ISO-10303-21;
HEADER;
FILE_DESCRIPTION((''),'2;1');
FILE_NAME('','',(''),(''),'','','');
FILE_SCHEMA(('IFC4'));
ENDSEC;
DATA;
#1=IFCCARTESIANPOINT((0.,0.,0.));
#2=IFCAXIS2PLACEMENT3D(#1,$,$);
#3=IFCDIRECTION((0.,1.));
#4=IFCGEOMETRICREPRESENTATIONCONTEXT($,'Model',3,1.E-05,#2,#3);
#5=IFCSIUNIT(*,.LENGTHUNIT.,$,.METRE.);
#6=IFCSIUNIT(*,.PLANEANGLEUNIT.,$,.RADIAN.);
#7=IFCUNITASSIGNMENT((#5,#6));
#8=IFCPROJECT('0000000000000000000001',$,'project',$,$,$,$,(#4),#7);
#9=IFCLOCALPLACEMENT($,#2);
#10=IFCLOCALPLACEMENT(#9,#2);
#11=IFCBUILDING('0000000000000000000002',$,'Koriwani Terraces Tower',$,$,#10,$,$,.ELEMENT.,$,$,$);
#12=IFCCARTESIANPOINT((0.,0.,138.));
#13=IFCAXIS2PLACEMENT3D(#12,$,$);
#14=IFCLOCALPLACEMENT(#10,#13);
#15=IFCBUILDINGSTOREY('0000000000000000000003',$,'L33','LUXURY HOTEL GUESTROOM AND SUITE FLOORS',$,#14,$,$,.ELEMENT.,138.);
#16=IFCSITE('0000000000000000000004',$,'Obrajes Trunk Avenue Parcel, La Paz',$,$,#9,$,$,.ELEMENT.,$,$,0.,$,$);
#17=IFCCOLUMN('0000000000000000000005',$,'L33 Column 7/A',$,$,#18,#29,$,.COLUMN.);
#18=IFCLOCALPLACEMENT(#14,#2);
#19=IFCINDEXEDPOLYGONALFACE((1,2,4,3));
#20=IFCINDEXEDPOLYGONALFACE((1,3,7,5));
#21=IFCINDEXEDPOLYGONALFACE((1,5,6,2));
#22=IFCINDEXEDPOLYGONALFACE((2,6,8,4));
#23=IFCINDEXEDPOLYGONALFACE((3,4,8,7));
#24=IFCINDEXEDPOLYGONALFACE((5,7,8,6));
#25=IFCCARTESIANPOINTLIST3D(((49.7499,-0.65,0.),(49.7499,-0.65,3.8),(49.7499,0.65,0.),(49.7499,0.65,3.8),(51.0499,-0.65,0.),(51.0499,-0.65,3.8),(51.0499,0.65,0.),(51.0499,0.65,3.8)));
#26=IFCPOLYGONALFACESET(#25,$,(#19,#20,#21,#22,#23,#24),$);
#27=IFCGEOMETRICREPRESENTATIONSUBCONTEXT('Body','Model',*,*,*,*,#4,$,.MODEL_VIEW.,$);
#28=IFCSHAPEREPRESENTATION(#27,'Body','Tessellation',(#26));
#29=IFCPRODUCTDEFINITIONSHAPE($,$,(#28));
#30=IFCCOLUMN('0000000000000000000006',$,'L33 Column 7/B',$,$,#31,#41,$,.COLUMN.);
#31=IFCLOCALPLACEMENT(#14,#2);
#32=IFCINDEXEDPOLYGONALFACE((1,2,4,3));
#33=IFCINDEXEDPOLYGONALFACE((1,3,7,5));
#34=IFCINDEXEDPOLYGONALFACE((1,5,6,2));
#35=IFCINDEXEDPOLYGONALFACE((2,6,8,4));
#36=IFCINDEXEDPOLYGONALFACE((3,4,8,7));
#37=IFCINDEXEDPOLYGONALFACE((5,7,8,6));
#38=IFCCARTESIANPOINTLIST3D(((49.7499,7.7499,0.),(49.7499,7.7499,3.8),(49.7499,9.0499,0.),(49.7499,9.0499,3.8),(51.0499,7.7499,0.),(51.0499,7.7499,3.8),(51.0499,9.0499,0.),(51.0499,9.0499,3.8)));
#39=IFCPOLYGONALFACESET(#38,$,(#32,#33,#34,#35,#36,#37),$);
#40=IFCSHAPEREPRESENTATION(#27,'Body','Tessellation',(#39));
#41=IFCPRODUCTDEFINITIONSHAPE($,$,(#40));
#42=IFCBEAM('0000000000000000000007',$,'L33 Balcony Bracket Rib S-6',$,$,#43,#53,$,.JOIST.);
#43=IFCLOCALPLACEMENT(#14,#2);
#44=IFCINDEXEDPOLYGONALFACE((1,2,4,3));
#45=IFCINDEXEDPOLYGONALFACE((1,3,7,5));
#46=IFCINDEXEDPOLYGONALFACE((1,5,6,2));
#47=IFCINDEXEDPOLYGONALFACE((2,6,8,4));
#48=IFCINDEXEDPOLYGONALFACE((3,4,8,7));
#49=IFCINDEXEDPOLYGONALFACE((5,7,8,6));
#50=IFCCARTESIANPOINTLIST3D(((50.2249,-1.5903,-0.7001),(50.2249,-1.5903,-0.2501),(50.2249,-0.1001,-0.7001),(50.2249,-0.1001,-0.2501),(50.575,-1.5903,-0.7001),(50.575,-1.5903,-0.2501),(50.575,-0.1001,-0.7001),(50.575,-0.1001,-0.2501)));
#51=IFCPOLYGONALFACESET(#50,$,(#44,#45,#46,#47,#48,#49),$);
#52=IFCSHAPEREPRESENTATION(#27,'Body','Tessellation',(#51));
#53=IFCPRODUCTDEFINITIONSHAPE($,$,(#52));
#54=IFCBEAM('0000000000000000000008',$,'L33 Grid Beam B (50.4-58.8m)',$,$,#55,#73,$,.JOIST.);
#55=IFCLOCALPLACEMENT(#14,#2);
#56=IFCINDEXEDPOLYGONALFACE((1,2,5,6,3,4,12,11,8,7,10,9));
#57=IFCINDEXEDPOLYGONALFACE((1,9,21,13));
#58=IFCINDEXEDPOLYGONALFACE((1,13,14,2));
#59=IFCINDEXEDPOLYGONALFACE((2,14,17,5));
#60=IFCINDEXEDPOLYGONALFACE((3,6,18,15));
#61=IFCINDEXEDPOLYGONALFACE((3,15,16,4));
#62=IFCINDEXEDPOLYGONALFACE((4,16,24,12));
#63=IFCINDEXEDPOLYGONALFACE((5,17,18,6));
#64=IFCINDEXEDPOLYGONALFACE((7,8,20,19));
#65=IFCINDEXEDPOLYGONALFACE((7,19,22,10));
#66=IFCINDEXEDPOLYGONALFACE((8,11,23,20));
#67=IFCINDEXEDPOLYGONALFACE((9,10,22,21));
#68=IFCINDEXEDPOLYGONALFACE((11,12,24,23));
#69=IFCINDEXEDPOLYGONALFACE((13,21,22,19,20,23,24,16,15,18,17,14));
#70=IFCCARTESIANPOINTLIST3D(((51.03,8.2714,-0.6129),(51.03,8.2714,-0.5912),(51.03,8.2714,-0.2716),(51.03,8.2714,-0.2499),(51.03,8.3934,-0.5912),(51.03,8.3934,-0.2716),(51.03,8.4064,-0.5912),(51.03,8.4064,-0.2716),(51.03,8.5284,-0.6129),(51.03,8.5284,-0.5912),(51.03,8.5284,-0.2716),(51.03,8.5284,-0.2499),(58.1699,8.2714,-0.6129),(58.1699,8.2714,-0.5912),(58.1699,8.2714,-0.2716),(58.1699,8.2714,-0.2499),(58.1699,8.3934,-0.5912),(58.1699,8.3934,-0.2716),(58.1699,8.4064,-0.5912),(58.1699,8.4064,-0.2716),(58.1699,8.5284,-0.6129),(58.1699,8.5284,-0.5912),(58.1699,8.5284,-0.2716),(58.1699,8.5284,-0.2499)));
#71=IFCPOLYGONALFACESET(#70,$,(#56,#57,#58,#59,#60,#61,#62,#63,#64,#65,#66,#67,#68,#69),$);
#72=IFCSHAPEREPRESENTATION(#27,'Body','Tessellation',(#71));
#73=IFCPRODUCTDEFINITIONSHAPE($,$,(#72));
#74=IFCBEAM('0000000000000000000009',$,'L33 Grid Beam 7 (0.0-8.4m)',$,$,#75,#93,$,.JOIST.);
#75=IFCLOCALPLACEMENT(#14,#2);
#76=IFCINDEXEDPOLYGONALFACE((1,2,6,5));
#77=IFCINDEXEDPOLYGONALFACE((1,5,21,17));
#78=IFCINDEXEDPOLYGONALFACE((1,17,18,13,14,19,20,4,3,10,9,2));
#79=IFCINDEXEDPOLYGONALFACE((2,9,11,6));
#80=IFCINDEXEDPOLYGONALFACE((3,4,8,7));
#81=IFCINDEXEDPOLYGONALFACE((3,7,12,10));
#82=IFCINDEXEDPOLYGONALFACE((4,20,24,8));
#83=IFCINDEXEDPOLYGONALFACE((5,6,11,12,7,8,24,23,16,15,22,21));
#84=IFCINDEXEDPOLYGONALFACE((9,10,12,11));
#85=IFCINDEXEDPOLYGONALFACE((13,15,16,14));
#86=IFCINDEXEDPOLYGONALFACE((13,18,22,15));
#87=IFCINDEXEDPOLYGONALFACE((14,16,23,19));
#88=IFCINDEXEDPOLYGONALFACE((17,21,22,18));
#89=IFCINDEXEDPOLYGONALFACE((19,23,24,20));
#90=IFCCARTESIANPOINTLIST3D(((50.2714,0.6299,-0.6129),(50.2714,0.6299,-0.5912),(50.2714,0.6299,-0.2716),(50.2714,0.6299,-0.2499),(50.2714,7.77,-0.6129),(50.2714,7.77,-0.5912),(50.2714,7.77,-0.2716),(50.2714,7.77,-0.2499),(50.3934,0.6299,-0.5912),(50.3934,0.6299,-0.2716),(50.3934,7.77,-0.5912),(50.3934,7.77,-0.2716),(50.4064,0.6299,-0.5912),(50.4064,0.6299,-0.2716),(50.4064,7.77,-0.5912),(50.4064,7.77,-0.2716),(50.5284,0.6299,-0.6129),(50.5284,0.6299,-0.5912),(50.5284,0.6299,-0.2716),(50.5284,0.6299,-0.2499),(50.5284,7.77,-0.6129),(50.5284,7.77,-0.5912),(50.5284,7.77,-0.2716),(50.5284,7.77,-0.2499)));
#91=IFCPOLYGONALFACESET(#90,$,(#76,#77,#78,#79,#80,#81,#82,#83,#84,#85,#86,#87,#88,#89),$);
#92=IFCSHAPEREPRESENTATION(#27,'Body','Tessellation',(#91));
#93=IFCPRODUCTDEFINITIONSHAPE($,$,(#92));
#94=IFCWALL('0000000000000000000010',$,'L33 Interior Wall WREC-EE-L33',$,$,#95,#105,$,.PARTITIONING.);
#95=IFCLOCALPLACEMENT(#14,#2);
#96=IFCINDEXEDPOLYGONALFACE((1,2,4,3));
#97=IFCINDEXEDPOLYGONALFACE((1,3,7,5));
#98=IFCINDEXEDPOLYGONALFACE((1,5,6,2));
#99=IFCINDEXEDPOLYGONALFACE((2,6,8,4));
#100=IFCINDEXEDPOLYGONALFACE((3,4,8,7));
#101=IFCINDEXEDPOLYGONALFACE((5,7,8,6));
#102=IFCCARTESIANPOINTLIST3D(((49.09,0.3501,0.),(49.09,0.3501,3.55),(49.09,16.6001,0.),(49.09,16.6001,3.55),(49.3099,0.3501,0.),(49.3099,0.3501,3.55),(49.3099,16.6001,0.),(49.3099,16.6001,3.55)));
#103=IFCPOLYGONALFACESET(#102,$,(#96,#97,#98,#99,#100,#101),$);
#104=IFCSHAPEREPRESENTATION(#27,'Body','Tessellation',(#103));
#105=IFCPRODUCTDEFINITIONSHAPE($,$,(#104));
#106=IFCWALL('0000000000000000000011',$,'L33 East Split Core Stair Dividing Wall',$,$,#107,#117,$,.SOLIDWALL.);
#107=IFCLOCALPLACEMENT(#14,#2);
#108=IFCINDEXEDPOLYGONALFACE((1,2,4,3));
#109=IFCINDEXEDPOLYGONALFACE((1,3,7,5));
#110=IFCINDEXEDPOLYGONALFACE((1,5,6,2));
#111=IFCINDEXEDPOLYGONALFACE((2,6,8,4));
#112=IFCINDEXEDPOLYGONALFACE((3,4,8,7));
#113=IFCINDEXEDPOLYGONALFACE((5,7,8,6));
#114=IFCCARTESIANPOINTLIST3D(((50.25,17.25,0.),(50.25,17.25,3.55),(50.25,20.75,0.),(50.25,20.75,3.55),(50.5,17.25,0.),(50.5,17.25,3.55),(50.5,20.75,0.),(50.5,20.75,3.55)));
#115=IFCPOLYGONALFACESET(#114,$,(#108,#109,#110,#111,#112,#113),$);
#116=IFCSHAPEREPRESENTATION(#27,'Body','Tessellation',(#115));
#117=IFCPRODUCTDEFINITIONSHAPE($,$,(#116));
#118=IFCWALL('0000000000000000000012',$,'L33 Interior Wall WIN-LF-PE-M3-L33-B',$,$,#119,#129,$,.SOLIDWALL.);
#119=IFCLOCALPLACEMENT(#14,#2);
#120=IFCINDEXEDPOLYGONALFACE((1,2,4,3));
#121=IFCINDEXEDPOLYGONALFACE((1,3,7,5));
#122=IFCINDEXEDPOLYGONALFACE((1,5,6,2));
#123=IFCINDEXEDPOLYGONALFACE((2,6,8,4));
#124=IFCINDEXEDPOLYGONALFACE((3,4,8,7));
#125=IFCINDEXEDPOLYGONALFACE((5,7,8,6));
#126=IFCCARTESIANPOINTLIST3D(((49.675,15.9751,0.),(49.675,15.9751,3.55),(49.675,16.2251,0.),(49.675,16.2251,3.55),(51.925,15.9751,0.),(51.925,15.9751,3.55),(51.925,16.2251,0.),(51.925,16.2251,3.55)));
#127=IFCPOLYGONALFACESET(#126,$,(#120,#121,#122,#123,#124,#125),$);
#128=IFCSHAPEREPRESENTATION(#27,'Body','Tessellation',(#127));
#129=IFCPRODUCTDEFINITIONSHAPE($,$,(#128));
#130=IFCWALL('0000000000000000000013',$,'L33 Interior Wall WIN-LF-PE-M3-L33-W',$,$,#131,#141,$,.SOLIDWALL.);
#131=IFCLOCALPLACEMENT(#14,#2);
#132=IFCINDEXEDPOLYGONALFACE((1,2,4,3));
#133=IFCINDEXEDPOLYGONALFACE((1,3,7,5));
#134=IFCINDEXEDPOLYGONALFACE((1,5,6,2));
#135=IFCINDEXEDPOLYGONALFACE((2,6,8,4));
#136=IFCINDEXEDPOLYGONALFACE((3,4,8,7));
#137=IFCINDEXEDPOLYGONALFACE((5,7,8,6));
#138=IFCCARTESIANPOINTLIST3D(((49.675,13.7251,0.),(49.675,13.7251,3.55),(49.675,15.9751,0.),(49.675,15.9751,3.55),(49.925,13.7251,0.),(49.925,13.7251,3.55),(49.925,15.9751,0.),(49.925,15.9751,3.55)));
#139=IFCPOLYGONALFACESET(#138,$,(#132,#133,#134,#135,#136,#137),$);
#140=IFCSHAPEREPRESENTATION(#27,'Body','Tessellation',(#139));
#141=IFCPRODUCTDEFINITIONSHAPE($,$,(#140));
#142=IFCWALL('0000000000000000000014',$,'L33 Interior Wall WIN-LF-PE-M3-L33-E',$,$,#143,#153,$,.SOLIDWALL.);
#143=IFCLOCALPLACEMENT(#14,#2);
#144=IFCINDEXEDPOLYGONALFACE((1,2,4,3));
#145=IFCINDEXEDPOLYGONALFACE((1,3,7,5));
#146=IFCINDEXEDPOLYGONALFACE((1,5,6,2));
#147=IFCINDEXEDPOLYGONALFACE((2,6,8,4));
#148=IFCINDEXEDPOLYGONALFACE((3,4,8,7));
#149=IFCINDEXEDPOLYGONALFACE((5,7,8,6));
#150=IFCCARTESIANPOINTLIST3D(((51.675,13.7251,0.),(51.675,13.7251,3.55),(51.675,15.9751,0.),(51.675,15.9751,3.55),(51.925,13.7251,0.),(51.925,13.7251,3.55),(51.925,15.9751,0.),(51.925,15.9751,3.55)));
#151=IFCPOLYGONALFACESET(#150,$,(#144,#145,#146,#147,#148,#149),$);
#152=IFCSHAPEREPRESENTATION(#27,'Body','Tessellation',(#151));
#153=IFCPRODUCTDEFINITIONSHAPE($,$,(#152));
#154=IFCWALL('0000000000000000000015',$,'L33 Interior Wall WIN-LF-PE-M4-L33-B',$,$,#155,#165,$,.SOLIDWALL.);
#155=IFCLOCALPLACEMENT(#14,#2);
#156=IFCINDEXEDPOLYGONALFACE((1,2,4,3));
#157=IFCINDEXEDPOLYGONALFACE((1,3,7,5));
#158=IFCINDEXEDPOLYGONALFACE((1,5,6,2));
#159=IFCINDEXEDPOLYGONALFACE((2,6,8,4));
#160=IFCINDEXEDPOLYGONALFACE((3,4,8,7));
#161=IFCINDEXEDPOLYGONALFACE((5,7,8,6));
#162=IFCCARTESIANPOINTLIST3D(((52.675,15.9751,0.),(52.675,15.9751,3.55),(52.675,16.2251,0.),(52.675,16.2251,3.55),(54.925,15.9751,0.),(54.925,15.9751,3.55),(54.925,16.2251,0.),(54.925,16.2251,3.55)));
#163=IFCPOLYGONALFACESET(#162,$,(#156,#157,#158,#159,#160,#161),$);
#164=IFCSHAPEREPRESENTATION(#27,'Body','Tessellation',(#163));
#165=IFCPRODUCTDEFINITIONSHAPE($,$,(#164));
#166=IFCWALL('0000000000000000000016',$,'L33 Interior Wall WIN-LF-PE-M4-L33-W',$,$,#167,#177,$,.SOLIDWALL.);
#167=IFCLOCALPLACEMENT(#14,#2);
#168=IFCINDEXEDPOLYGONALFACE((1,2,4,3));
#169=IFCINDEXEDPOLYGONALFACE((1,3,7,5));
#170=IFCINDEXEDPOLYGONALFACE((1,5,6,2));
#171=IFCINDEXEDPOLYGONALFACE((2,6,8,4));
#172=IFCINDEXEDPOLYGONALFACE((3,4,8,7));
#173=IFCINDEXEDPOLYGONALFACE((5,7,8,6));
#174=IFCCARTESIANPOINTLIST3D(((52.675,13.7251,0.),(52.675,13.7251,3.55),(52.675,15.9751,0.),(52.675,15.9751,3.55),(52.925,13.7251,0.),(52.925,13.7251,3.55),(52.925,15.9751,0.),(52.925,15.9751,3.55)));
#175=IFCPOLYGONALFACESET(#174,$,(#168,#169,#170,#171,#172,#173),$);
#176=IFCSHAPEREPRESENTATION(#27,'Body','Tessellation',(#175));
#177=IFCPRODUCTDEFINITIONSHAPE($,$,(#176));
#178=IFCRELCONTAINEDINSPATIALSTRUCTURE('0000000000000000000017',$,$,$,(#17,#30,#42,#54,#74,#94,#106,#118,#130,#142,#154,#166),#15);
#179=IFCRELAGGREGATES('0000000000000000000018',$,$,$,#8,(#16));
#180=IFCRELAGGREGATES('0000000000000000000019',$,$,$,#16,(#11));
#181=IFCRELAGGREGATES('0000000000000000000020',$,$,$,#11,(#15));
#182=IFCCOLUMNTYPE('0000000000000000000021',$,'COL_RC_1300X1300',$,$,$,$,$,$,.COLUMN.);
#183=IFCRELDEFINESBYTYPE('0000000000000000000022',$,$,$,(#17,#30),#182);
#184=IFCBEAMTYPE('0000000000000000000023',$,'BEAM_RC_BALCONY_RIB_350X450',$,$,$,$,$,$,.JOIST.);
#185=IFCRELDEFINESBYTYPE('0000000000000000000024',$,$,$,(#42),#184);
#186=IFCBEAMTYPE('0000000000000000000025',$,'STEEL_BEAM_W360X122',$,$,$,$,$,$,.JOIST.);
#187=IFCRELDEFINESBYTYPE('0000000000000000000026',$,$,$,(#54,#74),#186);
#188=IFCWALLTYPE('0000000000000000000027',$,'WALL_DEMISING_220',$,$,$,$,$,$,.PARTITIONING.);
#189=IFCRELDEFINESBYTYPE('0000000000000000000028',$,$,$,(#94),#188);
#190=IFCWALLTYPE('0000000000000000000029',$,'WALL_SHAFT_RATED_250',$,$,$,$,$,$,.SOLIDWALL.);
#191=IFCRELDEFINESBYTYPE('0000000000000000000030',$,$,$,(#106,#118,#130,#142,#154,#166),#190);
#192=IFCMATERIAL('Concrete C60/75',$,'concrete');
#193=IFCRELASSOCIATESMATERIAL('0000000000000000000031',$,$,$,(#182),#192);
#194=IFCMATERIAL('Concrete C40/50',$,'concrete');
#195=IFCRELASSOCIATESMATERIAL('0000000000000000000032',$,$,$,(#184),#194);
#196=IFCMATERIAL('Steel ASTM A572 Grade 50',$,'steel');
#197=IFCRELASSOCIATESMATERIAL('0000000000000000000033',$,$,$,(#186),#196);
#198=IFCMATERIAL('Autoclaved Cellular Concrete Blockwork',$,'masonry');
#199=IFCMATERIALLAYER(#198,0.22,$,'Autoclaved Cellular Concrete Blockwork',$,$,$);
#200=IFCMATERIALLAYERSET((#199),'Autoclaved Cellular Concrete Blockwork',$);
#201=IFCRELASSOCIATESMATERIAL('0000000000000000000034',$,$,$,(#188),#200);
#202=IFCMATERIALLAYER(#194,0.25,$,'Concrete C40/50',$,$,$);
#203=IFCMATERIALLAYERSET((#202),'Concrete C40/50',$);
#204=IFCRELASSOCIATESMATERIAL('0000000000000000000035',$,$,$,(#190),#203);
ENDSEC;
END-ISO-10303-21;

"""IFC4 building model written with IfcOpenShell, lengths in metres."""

from ifc_helpers import new_model, si_unit, direction, frame, frame_2d, origin, origin_2d, place, context, subcontext, project, spatial, rectangle, i_section, extrude, material, layer, layer_set, material_profile, profile_set, type_object, element, save


model = new_model("IFC4")

# Units and contexts
model_context = context("Model", 3, precision=1e-05, world=origin(), true_north=direction((0.0, 1.0)))
body_context = subcontext(model_context, "Body", "Model", "MODEL_VIEW")
ifc_project = project(units=[si_unit("LENGTHUNIT", "METRE"), si_unit("PLANEANGLEUNIT", "RADIAN")], contexts=[model_context])

# Site, building, storey
site_placement = place(None, origin())
site = spatial("IfcSite", under=ifc_project, at=site_placement, Name="Obrajes Trunk Avenue Parcel, La Paz", CompositionType="ELEMENT", RefElevation=0.0)
building_placement = place(site_placement, origin())
building = spatial("IfcBuilding", under=site, at=building_placement, Name="Koriwani Terraces Tower", CompositionType="ELEMENT")
storey_placement = place(building_placement, frame((0.0, 0.0, 138.0)))
storey = spatial("IfcBuildingStorey", under=building, at=storey_placement, Name="L33", Description="LUXURY HOTEL GUESTROOM AND SUITE FLOORS", CompositionType="ELEMENT", Elevation=138.0)

# Columns
ifc_material_1 = material(Name="Concrete C60/75", Category="concrete")
ifc_material_profile_1 = material_profile(ifc_material_1, rectangle(XDim=1.3, YDim=1.3, at=origin_2d()), Name="Concrete C60/75", Category="LoadBearing")
ifc_profile_set_1 = profile_set([ifc_material_profile_1], Name="Concrete C60/75")
column_type = type_object("IfcColumnType", Name="COL_RC_1300X1300", PredefinedType="COLUMN", material=ifc_profile_set_1)
for number, where, z_axis, x_axis, name in (
    (1, (50.3999, 0.0, 0.0), (0.0, 0.0, 1.0), (1.0, 0.0, 0.0), "L33 Column 7/A"),
    (2, (50.3999, 8.3999, 0.0), (0.0, 0.0, 1.0), (1.0, 0.0, 0.0), "L33 Column 7/B"),
):
    element("IfcColumn", number, at=place(storey_placement, frame(where, z_axis=z_axis, x_axis=x_axis)), inside=storey, type_object=column_type, Name=name, PredefinedType="COLUMN", context=body_context, shape_type="SweptSolid", body=[
        extrude(rectangle(XDim=1.3, YDim=1.3, at=origin_2d()), origin(), (0.0, 0.0, 1.0), 3.8),
    ])

# Beams
ifc_material_2 = material(Name="Concrete C40/50", Category="concrete")
ifc_material_profile_2 = material_profile(ifc_material_2, rectangle(XDim=0.3501, YDim=0.45, at=origin_2d()), Name="Concrete C40/50", Category="LoadBearing")
ifc_profile_set_2 = profile_set([ifc_material_profile_2], Name="Concrete C40/50")
beam_type_1 = type_object("IfcBeamType", Name="BEAM_RC_BALCONY_RIB_350X450", PredefinedType="JOIST", material=ifc_profile_set_2)
beam_1_placement = place(storey_placement, frame((50.3999, -1.5903, -0.4751), z_axis=(0.0, 1.0, 0.0), x_axis=(-1.0, 0.0, 0.0)))
element("IfcBeam", 3, at=beam_1_placement, inside=storey, type_object=beam_type_1, Name="L33 Balcony Bracket Rib S-6", PredefinedType="JOIST", context=body_context, shape_type="SweptSolid", body=[
    extrude(rectangle(XDim=0.3501, YDim=0.45, at=origin_2d()), origin(), (0.0, 0.0, 1.0), 1.4902),
])
ifc_material_3 = material(Name="Steel ASTM A572 Grade 50", Category="steel")
ifc_material_profile_3 = material_profile(ifc_material_3, i_section(OverallWidth=0.2571, OverallDepth=0.363, WebThickness=0.0129, FlangeThickness=0.0217, at=origin_2d()), Name="Steel ASTM A572 Grade 50", Category="LoadBearing")
ifc_profile_set_3 = profile_set([ifc_material_profile_3], Name="Steel ASTM A572 Grade 50")
beam_type_2 = type_object("IfcBeamType", Name="STEEL_BEAM_W360X122", PredefinedType="JOIST", material=ifc_profile_set_3)
beam_2_placement = place(storey_placement, frame((51.03, 8.3999, -0.4314), z_axis=(1.0, 0.0, 0.0), x_axis=(0.0, 1.0, 0.0)))
element("IfcBeam", 4, at=beam_2_placement, inside=storey, type_object=beam_type_2, Name="L33 Grid Beam B (50.4-58.8m)", PredefinedType="JOIST", context=body_context, shape_type="SweptSolid", body=[
    extrude(i_section(OverallWidth=0.2571, OverallDepth=0.363, WebThickness=0.0129, FlangeThickness=0.0217, at=origin_2d()), origin(), (0.0, 0.0, 1.0), 7.1399),
])
beam_3_placement = place(storey_placement, frame((50.3999, 0.6299, -0.4314), z_axis=(0.0, 1.0, 0.0), x_axis=(-1.0, 0.0, 0.0)))
element("IfcBeam", 5, at=beam_3_placement, inside=storey, type_object=beam_type_2, Name="L33 Grid Beam 7 (0.0-8.4m)", PredefinedType="JOIST", context=body_context, shape_type="SweptSolid", body=[
    extrude(i_section(OverallWidth=0.2571, OverallDepth=0.363, WebThickness=0.0129, FlangeThickness=0.0217, at=origin_2d()), origin(), (0.0, 0.0, 1.0), 7.1401),
])

# Walls
ifc_material_4 = material(Name="Autoclaved Cellular Concrete Blockwork", Category="masonry")
ifc_layer_1 = layer(ifc_material_4, 0.22, Name="Autoclaved Cellular Concrete Blockwork")
ifc_layer_set_1 = layer_set([ifc_layer_1], Name="Autoclaved Cellular Concrete Blockwork")
wall_type_1 = type_object("IfcWallType", Name="WALL_DEMISING_220", PredefinedType="PARTITIONING", material=ifc_layer_set_1)
wall_1_placement = place(storey_placement, frame((49.2, 0.3501, 0.0), z_axis=(0.0, 0.0, 1.0), x_axis=(0.0, 1.0, 0.0)))
element("IfcWall", 6, at=wall_1_placement, inside=storey, type_object=wall_type_1, Name="L33 Interior Wall WREC-EE-L33", PredefinedType="PARTITIONING", context=body_context, shape_type="SweptSolid", body=[
    extrude(rectangle(XDim=16.25, YDim=0.22, at=frame_2d((8.125, 0.0))), origin(), (0.0, 0.0, 1.0), 3.55),
])
ifc_layer_2 = layer(ifc_material_2, 0.25, Name="Concrete C40/50")
ifc_layer_set_2 = layer_set([ifc_layer_2], Name="Concrete C40/50")
wall_type_2 = type_object("IfcWallType", Name="WALL_SHAFT_RATED_250", PredefinedType="SOLIDWALL", material=ifc_layer_set_2)
wall_2_placement = place(storey_placement, frame((50.375, 17.25, 0.0), z_axis=(0.0, 0.0, 1.0), x_axis=(0.0, 1.0, 0.0)))
element("IfcWall", 7, at=wall_2_placement, inside=storey, type_object=wall_type_2, Name="L33 East Split Core Stair Dividing Wall", PredefinedType="SOLIDWALL", context=body_context, shape_type="SweptSolid", body=[
    extrude(rectangle(XDim=3.5, YDim=0.25, at=frame_2d((1.75, 0.0))), origin(), (0.0, 0.0, 1.0), 3.55),
])

# Walls
for number, where, z_axis, x_axis, name in (
    (8, (49.675, 16.1001, 0.0), (0.0, 0.0, 1.0), (1.0, 0.0, 0.0), "L33 Interior Wall WIN-LF-PE-M3-L33-B"),
    (9, (49.8, 13.7251, 0.0), (0.0, 0.0, 1.0), (0.0, 1.0, 0.0), "L33 Interior Wall WIN-LF-PE-M3-L33-W"),
    (10, (51.8, 13.7251, 0.0), (0.0, 0.0, 1.0), (0.0, 1.0, 0.0), "L33 Interior Wall WIN-LF-PE-M3-L33-E"),
):
    element("IfcWall", number, at=place(storey_placement, frame(where, z_axis=z_axis, x_axis=x_axis)), inside=storey, type_object=wall_type_2, Name=name, PredefinedType="SOLIDWALL", context=body_context, shape_type="SweptSolid", body=[
        extrude(rectangle(XDim=2.25, YDim=0.25, at=frame_2d((1.125, 0.0))), origin(), (0.0, 0.0, 1.0), 3.55),
    ])

# Walls
for number, where, z_axis, x_axis, name in (
    (11, (52.675, 16.1001, 0.0), (0.0, 0.0, 1.0), (1.0, 0.0, 0.0), "L33 Interior Wall WIN-LF-PE-M4-L33-B"),
    (12, (52.8, 13.7251, 0.0), (0.0, 0.0, 1.0), (0.0, 1.0, 0.0), "L33 Interior Wall WIN-LF-PE-M4-L33-W"),
):
    element("IfcWall", number, at=place(storey_placement, frame(where, z_axis=z_axis, x_axis=x_axis)), inside=storey, type_object=wall_type_2, Name=name, PredefinedType="SOLIDWALL", context=body_context, shape_type="SweptSolid", body=[
        extrude(rectangle(XDim=2.25, YDim=0.25, at=frame_2d((1.125, 0.0))), origin(), (0.0, 0.0, 1.0), 3.55),
    ])

save(model, "model.ifc")
